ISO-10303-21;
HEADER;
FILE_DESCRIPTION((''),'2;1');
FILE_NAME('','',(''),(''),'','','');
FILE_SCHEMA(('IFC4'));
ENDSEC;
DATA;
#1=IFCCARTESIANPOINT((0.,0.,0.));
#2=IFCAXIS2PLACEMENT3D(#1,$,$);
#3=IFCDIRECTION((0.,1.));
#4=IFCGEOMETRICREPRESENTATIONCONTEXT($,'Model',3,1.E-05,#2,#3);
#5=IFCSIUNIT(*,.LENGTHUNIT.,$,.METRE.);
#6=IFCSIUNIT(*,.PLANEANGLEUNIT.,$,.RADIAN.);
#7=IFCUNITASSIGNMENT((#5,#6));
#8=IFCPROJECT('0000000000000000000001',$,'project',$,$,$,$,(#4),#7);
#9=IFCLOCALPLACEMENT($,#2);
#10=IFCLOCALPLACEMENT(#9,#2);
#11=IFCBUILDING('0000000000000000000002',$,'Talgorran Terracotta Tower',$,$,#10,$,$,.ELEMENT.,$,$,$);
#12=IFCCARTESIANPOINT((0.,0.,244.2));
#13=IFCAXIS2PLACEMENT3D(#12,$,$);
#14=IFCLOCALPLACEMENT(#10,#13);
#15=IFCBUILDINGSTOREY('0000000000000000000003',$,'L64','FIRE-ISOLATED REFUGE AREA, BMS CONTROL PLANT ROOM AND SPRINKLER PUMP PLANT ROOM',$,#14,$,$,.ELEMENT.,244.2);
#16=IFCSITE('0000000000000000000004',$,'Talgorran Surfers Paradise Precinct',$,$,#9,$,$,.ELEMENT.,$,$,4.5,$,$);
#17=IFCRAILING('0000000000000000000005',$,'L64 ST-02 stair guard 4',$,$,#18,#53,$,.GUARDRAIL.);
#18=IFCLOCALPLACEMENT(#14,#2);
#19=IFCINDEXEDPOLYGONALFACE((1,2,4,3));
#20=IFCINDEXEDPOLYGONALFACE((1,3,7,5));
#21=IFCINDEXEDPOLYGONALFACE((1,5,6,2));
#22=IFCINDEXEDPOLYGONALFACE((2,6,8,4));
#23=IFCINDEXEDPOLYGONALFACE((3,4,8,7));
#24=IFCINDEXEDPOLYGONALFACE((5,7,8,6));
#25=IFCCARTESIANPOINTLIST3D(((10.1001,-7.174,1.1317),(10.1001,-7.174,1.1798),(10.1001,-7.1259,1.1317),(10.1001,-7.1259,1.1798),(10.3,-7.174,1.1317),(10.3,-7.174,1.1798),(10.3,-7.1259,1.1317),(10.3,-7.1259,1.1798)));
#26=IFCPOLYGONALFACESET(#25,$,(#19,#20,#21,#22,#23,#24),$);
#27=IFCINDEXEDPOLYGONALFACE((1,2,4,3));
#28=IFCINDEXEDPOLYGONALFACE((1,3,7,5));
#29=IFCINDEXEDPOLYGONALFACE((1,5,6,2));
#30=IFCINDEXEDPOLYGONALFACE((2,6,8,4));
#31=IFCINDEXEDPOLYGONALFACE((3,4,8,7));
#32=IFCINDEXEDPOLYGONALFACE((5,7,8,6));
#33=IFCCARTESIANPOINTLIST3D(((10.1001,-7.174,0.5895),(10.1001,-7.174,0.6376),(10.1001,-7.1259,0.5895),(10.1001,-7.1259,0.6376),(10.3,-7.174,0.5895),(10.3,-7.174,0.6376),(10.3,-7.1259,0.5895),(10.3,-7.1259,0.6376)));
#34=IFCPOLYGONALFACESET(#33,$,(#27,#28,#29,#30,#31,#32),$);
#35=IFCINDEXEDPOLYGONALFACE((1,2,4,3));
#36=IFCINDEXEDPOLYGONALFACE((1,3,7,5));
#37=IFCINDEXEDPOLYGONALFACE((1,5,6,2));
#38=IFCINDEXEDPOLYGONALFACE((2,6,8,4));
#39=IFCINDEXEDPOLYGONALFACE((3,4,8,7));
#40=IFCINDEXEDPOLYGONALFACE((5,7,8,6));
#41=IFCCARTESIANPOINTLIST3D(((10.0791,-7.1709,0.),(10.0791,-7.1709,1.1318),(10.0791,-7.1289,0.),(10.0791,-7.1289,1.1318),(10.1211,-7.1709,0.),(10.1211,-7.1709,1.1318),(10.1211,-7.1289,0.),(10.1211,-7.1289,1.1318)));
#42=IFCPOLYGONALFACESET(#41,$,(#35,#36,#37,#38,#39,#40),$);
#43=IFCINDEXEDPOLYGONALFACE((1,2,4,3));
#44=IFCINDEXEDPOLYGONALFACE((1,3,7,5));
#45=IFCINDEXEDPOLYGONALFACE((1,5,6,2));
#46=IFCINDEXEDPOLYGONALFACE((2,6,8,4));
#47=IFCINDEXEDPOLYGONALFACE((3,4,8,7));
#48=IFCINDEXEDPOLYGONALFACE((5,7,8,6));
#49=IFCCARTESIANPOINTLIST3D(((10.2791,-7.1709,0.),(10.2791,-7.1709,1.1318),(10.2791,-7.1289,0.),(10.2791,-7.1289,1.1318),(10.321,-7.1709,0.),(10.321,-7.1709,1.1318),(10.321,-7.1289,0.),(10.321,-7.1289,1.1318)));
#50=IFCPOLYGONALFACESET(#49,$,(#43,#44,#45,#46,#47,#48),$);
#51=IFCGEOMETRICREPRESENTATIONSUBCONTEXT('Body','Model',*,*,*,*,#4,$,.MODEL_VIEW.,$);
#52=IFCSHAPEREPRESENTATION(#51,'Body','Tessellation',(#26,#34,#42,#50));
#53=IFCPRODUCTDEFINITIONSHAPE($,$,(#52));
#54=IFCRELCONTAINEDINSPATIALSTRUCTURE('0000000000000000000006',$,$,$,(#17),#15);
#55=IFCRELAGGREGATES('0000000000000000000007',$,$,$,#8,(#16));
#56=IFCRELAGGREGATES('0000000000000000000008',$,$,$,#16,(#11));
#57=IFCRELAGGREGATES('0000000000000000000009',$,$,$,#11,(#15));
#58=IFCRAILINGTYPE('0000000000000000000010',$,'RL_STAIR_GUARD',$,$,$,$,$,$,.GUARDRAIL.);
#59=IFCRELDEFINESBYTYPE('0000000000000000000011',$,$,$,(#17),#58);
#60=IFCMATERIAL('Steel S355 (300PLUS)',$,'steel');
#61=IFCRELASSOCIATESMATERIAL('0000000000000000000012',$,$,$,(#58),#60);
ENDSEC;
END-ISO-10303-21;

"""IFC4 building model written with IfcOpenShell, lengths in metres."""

from ifc_helpers import new_model, si_unit, direction, frame, origin, origin_2d, place, context, subcontext, project, spatial, rectangle, extrude, material, type_object, element, save


model = new_model("IFC4")

# Units and contexts
model_context = context("Model", 3, precision=1e-05, world=origin(), true_north=direction((0.0, 1.0)))
body_context = subcontext(model_context, "Body", "Model", "MODEL_VIEW")
ifc_project = project(units=[si_unit("LENGTHUNIT", "METRE"), si_unit("PLANEANGLEUNIT", "RADIAN")], contexts=[model_context])

# Site, building, storey
site_placement = place(None, origin())
site = spatial("IfcSite", under=ifc_project, at=site_placement, Name="Talgorran Surfers Paradise Precinct", CompositionType="ELEMENT", RefElevation=4.5)
building_placement = place(site_placement, origin())
building = spatial("IfcBuilding", under=site, at=building_placement, Name="Talgorran Terracotta Tower", CompositionType="ELEMENT")
storey_placement = place(building_placement, frame((0.0, 0.0, 244.2)))
storey = spatial("IfcBuildingStorey", under=building, at=storey_placement, Name="L64", Description="FIRE-ISOLATED REFUGE AREA, BMS CONTROL PLANT ROOM AND SPRINKLER PUMP PLANT ROOM", CompositionType="ELEMENT", Elevation=244.2)

# Shared definitions
ifc_material_1 = material(Name="Steel S355 (300PLUS)", Category="steel")

# Railing
railing_type_1 = type_object("IfcRailingType", Name="RL_STAIR_GUARD", PredefinedType="GUARDRAIL", material=ifc_material_1)
railing_1_placement = place(storey_placement, frame((10.1001, -7.1499, 0.0)))
element("IfcRailing", 1, at=railing_1_placement, inside=storey, type_object=railing_type_1, Name="L64 ST-02 stair guard 4", PredefinedType="GUARDRAIL", context=body_context, shape_type="SweptSolid", body=[
    extrude(rectangle(XDim=0.0481, YDim=0.0481, at=origin_2d()), frame((0.0, 0.0, 1.1558), z_axis=(1.0, 0.0, 0.0), x_axis=(0.0, 1.0, 0.0)), (0.0, 0.0, 1.0), 0.2),
    extrude(rectangle(XDim=0.0481, YDim=0.0481, at=origin_2d()), frame((0.0, 0.0, 0.6135), z_axis=(1.0, 0.0, 0.0), x_axis=(0.0, 1.0, 0.0)), (0.0, 0.0, 1.0), 0.2),
    extrude(rectangle(XDim=0.042, YDim=0.042, at=origin_2d()), origin(), (0.0, 0.0, 1.0), 1.1318),
    extrude(rectangle(XDim=0.042, YDim=0.042, at=origin_2d()), frame((0.2, 0.0, 0.0)), (0.0, 0.0, 1.0), 1.1318),
])

save(model, "model.ifc")
